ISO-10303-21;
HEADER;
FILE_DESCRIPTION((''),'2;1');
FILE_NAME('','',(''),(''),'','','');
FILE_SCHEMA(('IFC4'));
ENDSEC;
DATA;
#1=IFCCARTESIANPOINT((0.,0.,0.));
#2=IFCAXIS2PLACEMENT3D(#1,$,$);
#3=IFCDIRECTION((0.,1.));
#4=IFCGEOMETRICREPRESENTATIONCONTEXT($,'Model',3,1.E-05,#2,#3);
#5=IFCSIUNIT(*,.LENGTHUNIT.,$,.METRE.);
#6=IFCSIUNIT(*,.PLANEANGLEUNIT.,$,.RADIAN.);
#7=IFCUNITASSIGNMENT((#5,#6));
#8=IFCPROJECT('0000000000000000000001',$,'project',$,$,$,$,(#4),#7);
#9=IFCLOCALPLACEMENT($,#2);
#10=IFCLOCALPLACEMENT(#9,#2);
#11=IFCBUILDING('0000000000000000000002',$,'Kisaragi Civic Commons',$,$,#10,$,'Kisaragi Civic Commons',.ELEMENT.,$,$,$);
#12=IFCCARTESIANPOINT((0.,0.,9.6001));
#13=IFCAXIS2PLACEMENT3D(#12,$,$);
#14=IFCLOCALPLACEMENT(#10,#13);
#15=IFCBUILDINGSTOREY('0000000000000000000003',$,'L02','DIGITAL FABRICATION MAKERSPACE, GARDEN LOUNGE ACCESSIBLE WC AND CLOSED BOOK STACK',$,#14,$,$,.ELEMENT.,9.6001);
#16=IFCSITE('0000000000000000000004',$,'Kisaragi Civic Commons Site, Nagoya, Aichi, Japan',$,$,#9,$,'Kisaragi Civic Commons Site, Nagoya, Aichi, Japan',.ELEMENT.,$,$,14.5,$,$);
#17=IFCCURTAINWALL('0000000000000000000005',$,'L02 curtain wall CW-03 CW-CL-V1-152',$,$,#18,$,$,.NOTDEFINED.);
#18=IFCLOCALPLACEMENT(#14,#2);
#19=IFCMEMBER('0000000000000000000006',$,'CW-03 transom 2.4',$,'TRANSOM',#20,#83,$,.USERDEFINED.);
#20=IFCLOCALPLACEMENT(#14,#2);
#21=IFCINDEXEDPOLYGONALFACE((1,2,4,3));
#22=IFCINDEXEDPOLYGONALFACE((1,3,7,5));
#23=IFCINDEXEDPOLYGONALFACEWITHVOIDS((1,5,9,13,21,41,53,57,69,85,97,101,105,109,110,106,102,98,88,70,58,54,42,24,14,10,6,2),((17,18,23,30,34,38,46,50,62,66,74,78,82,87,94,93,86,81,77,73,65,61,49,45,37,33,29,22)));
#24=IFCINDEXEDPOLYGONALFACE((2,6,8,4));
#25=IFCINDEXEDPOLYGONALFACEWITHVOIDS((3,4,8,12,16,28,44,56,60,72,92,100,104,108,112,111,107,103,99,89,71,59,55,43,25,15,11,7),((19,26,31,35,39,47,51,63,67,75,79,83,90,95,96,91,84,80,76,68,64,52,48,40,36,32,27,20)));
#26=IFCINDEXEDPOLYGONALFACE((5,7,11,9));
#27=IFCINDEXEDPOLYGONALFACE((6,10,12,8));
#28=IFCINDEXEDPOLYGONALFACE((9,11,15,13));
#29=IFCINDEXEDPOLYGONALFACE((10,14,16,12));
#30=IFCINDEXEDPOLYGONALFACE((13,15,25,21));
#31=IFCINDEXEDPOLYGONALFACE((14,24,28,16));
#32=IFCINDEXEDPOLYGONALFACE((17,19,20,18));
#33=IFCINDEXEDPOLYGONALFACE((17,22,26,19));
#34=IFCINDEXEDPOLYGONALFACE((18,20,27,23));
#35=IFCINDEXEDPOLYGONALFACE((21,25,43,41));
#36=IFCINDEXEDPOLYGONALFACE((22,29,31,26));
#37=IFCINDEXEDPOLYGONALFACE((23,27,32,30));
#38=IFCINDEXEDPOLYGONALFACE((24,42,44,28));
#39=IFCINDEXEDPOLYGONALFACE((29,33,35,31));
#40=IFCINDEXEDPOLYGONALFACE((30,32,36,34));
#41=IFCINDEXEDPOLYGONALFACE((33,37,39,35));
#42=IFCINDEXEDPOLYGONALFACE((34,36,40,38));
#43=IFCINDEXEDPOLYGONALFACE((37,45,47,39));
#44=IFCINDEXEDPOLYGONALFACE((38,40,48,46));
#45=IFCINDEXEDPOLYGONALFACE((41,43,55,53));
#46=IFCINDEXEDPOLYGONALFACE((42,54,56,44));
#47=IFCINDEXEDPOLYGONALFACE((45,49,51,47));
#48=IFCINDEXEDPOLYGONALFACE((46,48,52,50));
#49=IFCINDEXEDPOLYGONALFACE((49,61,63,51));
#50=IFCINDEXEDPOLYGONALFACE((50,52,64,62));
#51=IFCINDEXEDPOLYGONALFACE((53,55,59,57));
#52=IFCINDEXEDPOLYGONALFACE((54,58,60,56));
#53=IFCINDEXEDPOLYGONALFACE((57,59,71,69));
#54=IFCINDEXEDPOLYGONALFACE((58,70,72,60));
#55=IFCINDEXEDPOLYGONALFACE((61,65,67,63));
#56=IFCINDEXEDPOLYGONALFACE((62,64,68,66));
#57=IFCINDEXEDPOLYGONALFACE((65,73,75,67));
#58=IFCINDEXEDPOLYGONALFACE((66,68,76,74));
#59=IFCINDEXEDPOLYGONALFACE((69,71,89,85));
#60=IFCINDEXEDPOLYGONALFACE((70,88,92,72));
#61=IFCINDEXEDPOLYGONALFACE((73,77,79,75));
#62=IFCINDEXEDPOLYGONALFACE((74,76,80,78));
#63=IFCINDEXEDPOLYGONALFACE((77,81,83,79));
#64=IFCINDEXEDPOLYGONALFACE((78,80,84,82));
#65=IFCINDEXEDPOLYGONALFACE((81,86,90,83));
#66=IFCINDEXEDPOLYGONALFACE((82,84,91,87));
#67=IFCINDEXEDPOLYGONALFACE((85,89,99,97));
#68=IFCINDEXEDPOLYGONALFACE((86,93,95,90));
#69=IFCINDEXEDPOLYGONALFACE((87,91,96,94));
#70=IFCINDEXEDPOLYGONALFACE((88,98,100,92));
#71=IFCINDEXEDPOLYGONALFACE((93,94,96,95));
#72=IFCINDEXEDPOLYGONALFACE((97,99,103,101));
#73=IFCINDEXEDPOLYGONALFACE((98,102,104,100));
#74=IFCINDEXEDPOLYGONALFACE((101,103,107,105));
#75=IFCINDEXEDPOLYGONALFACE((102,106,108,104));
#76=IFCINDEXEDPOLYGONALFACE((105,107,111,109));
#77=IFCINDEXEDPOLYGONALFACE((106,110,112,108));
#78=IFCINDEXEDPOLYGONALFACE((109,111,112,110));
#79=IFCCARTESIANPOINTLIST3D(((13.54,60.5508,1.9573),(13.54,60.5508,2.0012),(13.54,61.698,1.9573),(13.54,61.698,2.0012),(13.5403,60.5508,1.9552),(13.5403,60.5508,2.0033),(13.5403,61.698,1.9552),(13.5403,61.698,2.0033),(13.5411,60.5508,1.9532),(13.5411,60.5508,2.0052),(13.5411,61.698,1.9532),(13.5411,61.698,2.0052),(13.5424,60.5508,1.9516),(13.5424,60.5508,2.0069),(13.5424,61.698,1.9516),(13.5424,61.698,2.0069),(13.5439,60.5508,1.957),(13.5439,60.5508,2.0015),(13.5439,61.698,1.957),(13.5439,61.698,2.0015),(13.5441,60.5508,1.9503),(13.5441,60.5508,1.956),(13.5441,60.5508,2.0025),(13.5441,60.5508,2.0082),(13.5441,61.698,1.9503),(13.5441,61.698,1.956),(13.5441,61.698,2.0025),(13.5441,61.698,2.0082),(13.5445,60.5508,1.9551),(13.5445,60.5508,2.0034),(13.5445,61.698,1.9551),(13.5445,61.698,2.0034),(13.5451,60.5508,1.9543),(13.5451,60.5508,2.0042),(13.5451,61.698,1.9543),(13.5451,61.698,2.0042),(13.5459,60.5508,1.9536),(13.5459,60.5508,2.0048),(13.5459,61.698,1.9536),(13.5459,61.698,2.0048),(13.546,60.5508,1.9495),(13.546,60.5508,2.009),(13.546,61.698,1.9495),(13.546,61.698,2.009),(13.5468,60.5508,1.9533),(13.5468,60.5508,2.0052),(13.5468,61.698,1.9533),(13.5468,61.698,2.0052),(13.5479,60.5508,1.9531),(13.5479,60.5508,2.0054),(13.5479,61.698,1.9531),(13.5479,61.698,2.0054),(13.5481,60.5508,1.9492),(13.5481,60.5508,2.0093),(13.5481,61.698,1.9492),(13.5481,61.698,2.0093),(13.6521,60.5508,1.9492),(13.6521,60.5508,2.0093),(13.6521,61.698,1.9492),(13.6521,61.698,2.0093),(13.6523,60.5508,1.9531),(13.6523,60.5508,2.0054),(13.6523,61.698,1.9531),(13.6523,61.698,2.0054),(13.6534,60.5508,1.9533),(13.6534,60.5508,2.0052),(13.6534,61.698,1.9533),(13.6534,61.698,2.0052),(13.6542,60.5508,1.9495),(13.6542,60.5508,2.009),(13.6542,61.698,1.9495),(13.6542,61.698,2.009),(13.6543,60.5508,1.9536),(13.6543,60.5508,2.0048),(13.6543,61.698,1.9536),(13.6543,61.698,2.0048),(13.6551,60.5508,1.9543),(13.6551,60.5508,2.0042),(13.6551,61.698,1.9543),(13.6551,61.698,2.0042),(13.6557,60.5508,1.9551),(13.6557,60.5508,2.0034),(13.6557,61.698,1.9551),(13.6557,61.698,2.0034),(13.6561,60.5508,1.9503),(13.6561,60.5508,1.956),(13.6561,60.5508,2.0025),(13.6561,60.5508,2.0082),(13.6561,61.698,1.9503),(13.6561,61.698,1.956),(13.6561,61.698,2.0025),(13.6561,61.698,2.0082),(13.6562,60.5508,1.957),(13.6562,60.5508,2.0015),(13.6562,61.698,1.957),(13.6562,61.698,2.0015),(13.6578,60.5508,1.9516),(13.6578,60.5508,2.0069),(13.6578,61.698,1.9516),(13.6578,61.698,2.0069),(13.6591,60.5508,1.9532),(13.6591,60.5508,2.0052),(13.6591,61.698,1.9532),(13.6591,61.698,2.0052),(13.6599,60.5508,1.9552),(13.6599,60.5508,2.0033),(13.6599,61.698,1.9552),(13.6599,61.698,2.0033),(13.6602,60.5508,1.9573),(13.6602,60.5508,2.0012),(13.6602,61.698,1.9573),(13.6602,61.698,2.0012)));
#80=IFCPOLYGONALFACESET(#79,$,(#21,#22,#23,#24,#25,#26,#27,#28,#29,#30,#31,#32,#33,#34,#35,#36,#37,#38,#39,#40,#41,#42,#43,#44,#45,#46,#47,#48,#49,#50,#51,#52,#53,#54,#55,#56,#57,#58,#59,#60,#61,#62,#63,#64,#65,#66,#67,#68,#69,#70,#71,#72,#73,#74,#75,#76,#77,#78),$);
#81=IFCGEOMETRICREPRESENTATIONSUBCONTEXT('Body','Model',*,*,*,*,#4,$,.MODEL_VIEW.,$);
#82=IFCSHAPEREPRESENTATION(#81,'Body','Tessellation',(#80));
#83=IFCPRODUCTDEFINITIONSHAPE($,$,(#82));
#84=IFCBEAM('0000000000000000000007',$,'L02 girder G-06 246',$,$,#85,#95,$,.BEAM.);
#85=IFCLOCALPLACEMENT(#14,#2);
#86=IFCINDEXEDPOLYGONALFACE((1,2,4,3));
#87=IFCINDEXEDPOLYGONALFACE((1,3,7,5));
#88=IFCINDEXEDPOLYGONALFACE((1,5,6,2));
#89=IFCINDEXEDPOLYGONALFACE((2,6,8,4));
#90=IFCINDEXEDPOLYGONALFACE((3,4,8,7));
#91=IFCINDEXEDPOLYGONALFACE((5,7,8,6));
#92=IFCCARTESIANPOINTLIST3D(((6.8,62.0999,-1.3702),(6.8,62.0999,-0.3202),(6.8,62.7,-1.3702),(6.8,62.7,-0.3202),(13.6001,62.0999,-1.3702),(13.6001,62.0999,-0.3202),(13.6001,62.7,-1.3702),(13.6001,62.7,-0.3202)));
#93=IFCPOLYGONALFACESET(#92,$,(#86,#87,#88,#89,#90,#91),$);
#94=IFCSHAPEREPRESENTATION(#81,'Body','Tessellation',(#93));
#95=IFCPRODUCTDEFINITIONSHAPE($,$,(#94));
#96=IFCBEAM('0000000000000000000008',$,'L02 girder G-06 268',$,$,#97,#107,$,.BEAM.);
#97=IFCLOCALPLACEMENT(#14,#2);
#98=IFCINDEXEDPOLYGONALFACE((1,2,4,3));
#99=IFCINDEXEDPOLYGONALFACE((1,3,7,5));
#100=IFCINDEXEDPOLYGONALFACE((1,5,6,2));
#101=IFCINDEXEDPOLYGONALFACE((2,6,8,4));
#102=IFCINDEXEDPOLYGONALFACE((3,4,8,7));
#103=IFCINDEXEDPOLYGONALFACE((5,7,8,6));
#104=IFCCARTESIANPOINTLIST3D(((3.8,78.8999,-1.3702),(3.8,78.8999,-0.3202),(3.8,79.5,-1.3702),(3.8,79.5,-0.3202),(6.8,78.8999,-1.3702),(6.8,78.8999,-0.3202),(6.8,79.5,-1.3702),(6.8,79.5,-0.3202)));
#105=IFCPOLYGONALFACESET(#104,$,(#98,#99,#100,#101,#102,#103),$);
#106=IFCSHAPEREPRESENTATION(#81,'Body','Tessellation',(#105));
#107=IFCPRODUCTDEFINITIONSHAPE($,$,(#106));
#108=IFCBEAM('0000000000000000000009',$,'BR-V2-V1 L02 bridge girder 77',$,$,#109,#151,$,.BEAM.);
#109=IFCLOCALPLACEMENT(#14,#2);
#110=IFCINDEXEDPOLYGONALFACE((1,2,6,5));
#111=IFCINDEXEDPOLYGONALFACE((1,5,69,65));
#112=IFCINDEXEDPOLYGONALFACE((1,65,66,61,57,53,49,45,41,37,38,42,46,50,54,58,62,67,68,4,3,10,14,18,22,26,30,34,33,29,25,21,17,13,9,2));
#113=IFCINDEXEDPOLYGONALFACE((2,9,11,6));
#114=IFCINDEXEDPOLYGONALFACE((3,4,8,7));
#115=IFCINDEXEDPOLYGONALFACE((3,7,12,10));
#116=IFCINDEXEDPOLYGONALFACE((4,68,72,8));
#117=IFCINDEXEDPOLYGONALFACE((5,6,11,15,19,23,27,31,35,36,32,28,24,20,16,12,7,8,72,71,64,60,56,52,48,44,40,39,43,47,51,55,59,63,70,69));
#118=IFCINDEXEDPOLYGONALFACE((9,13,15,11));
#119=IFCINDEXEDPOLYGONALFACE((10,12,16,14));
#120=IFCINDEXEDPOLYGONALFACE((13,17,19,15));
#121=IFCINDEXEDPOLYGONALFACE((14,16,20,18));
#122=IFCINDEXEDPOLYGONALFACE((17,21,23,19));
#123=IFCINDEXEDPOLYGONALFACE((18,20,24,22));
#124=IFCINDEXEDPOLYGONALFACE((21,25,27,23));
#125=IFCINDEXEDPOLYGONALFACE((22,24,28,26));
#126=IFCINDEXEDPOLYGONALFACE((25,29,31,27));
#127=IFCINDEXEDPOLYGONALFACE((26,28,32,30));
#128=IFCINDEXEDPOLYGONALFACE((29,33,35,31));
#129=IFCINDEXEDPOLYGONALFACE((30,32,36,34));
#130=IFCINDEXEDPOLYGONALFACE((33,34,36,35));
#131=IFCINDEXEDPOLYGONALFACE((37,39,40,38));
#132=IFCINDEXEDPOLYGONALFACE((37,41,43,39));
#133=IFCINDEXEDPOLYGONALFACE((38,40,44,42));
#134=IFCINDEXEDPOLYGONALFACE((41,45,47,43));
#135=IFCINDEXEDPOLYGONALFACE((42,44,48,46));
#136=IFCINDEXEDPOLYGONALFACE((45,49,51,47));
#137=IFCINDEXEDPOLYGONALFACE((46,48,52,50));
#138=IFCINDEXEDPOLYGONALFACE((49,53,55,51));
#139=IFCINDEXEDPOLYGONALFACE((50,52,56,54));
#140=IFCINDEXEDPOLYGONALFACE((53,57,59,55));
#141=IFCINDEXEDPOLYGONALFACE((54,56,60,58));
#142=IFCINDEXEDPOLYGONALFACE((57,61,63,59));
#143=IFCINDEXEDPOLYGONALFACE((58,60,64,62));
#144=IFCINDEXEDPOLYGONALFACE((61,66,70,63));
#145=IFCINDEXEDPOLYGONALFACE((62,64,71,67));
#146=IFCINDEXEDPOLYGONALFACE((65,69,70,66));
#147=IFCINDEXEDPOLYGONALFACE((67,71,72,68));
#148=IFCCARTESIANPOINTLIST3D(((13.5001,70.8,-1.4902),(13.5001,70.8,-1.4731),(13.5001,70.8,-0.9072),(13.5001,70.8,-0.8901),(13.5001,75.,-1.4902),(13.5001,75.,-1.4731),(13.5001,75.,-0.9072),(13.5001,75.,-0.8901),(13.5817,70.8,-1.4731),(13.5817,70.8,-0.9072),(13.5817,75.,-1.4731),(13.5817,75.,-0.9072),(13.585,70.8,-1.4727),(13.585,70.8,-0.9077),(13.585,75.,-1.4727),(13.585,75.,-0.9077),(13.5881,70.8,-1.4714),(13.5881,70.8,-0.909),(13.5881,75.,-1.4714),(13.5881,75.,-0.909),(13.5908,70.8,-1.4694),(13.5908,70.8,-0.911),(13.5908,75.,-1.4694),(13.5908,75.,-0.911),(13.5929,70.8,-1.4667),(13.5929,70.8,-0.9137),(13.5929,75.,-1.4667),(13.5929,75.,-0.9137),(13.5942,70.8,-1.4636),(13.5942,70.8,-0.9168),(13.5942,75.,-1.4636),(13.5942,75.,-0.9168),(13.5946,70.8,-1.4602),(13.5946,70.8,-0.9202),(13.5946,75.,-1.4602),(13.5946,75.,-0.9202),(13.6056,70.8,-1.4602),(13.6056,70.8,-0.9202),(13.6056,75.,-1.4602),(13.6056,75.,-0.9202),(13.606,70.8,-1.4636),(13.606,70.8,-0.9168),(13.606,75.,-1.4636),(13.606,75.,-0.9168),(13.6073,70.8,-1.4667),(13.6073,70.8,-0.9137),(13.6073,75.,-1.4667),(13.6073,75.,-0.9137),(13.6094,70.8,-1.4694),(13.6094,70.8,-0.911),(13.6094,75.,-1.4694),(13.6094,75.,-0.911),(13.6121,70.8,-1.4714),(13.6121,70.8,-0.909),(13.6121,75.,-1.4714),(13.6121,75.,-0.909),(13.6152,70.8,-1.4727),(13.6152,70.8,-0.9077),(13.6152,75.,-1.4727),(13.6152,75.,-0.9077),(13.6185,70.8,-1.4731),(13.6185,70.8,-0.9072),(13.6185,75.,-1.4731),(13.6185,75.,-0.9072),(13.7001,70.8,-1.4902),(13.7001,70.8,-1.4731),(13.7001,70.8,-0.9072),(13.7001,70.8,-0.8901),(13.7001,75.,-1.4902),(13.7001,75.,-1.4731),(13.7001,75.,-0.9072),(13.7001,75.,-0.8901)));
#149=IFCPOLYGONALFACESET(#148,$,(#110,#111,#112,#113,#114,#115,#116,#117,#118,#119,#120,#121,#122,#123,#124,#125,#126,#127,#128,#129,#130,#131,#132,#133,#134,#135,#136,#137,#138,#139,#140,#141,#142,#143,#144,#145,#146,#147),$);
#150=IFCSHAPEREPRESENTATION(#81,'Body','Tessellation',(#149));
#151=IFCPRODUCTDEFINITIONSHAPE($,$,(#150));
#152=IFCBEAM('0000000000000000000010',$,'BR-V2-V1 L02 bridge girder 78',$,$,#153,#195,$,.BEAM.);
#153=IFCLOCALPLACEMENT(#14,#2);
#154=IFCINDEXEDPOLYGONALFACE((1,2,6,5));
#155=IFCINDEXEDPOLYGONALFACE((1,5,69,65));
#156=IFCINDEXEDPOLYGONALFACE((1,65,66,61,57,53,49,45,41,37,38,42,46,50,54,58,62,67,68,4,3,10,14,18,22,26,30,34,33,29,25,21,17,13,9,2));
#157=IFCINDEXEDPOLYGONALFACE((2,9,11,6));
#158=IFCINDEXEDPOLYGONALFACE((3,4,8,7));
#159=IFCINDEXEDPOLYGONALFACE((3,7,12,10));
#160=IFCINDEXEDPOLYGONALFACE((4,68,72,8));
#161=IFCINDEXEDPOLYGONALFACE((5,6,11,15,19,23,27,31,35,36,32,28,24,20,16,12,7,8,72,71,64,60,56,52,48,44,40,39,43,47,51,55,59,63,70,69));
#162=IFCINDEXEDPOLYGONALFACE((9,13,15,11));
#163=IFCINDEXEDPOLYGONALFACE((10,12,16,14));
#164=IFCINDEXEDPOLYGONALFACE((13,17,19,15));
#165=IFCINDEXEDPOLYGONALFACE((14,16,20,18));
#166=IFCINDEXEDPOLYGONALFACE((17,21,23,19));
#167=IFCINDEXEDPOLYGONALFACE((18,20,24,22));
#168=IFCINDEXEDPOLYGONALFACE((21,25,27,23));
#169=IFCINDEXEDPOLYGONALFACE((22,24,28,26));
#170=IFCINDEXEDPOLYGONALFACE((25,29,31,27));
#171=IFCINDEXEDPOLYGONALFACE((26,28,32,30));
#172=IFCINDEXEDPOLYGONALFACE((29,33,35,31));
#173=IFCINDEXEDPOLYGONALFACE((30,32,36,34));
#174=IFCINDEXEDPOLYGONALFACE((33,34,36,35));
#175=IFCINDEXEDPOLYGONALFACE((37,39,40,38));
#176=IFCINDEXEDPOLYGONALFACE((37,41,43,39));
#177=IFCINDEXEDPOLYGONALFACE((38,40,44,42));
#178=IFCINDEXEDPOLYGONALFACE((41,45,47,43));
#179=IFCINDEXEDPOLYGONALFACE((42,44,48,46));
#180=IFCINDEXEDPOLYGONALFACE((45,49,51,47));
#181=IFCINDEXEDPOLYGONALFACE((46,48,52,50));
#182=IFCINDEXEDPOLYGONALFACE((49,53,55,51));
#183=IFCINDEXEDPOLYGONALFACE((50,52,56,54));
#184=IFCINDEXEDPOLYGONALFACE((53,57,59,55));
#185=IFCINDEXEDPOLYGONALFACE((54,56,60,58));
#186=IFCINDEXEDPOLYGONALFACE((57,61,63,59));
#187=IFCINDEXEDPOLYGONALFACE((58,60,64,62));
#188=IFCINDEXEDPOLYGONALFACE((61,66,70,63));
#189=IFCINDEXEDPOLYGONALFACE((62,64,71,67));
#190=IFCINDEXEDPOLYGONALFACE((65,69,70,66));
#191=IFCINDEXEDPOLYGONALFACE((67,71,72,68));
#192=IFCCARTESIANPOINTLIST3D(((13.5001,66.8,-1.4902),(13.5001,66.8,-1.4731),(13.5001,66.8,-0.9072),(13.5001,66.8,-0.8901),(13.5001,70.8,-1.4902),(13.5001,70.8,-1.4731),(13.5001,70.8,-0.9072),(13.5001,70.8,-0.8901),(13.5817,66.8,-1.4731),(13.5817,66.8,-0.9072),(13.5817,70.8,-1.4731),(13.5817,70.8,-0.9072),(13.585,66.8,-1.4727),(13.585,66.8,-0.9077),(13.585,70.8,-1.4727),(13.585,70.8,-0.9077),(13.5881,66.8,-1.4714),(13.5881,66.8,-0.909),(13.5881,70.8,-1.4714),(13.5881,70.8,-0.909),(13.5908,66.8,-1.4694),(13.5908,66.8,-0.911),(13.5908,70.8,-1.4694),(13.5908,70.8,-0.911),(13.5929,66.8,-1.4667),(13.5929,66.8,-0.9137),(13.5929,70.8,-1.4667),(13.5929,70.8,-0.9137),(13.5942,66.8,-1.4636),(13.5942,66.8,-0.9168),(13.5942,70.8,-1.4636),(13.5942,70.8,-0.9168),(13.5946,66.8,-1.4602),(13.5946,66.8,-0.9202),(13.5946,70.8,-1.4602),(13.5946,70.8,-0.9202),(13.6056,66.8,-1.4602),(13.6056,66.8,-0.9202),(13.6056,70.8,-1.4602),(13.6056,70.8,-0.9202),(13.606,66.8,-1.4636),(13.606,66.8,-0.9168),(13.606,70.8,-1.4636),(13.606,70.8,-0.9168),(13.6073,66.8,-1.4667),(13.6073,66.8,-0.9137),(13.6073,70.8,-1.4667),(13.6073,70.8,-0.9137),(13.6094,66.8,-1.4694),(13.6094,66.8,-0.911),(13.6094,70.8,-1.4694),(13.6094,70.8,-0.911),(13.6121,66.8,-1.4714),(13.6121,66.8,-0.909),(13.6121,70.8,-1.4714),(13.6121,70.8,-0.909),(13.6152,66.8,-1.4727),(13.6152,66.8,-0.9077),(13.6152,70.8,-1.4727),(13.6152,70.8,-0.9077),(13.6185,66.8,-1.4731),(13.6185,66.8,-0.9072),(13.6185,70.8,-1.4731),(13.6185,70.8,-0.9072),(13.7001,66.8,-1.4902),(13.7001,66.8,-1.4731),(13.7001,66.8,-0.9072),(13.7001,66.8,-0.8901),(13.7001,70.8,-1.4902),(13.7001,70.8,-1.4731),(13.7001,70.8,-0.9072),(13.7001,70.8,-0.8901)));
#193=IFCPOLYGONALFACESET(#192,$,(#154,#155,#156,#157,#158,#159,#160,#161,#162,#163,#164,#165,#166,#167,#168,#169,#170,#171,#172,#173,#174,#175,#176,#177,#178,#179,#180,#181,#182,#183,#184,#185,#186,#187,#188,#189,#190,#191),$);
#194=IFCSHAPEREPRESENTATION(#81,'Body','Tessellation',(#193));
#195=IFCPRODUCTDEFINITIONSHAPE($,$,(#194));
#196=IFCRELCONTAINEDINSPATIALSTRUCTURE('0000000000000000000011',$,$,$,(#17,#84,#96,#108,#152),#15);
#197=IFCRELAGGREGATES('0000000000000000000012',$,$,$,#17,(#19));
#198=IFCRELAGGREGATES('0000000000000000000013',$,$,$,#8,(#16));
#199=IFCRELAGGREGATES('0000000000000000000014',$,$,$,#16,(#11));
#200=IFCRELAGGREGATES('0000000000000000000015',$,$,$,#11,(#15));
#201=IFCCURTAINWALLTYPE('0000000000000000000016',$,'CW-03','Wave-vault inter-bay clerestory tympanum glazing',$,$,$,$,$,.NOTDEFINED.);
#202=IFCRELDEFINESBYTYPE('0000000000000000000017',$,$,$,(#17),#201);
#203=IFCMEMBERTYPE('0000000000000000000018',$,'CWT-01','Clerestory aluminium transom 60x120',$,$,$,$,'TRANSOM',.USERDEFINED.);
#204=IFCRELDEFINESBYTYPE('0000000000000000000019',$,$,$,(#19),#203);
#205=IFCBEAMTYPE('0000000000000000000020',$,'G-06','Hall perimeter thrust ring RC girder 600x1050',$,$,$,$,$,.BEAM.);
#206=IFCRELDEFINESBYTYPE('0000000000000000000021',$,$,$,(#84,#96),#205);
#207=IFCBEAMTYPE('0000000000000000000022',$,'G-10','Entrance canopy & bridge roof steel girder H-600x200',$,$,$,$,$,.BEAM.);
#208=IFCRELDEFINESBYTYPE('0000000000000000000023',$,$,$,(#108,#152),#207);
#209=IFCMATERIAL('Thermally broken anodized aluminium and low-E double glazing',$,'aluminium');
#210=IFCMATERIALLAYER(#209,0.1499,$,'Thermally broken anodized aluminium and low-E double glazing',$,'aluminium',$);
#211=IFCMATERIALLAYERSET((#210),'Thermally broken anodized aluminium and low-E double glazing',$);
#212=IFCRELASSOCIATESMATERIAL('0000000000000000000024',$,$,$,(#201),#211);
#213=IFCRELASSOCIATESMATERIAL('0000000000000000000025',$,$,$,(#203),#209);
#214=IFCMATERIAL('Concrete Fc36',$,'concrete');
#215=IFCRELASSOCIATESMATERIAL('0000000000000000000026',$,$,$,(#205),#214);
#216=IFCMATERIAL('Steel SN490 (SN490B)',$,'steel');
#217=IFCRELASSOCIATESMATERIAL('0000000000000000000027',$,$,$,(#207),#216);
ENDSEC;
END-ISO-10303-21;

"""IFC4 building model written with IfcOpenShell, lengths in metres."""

from ifc_helpers import new_model, si_unit, direction, frame, origin, origin_2d, place, context, subcontext, project, spatial, rectangle, hollow_rectangle, i_section, extrude, material, layer, layer_set, material_profile, profile_set, type_object, element, aggregate, save


model = new_model("IFC4")

# Units and contexts
model_context = context("Model", 3, precision=1e-05, world=origin(), true_north=direction((0.0, 1.0)))
body_context = subcontext(model_context, "Body", "Model", "MODEL_VIEW")
ifc_project = project(units=[si_unit("LENGTHUNIT", "METRE"), si_unit("PLANEANGLEUNIT", "RADIAN")], contexts=[model_context])

# Site, building, storey
site_placement = place(None, origin())
site = spatial("IfcSite", under=ifc_project, at=site_placement, Name="Kisaragi Civic Commons Site, Nagoya, Aichi, Japan", LongName="Kisaragi Civic Commons Site, Nagoya, Aichi, Japan", CompositionType="ELEMENT", RefElevation=14.5)
building_placement = place(site_placement, origin())
building = spatial("IfcBuilding", under=site, at=building_placement, Name="Kisaragi Civic Commons", LongName="Kisaragi Civic Commons", CompositionType="ELEMENT")
storey_placement = place(building_placement, frame((0.0, 0.0, 9.6001)))
storey = spatial("IfcBuildingStorey", under=building, at=storey_placement, Name="L02", Description="DIGITAL FABRICATION MAKERSPACE, GARDEN LOUNGE ACCESSIBLE WC AND CLOSED BOOK STACK", CompositionType="ELEMENT", Elevation=9.6001)

# Shared definitions
ifc_material_1 = material(Name="Concrete Fc36", Category="concrete")

# Curtain wall
ifc_material_2 = material(Name="Thermally broken anodized aluminium and low-E double glazing", Category="aluminium")
ifc_layer_1 = layer(ifc_material_2, 0.1499, Name="Thermally broken anodized aluminium and low-E double glazing", Category="aluminium")
ifc_layer_set_1 = layer_set([ifc_layer_1], Name="Thermally broken anodized aluminium and low-E double glazing")
curtain_wall_type_1 = type_object("IfcCurtainWallType", Name="CW-03", Description="Wave-vault inter-bay clerestory tympanum glazing", PredefinedType="NOTDEFINED", material=ifc_layer_set_1)
curtain_wall_1_placement = place(storey_placement, origin())
curtain_wall_1 = element("IfcCurtainWall", 1, at=curtain_wall_1_placement, inside=storey, type_object=curtain_wall_type_1, Name="L02 curtain wall CW-03 CW-CL-V1-152", PredefinedType="NOTDEFINED")

# Member
ifc_material_profile_1 = material_profile(ifc_material_2, hollow_rectangle(XDim=0.1201, YDim=0.0601, WallThickness=0.0039, InnerFilletRadius=0.0039, OuterFilletRadius=0.0081, at=origin_2d()), Name="CWT-60x120x4", Category="aluminium")
ifc_profile_set_1 = profile_set([ifc_material_profile_1], Name="Thermally broken anodized aluminium and low-E double glazing")
member_type_1 = type_object("IfcMemberType", Name="CWT-01", Description="Clerestory aluminium transom 60x120", ElementType="TRANSOM", PredefinedType="USERDEFINED", material=ifc_profile_set_1)
member_1_placement = place(storey_placement, frame((13.6001, 60.5508, 1.9792), z_axis=(0.0, 1.0, 0.0), x_axis=(-1.0, 0.0, 0.0)))
member_1 = element("IfcMember", 2, at=member_1_placement, type_object=member_type_1, Name="CW-03 transom 2.4", ObjectType="TRANSOM", PredefinedType="USERDEFINED", context=body_context, shape_type="SweptSolid", body=[
    extrude(hollow_rectangle(XDim=0.1201, YDim=0.0601, WallThickness=0.0039, InnerFilletRadius=0.0039, OuterFilletRadius=0.0081, at=origin_2d()), origin(), (0.0, 0.0, 1.0), 1.1472),
])

# Beams
ifc_material_profile_2 = material_profile(ifc_material_1, rectangle(XDim=0.6001, YDim=1.05, at=origin_2d()), Name="RC-600x1050", Category="concrete")
ifc_profile_set_2 = profile_set([ifc_material_profile_2], Name="Concrete Fc36")
beam_type_1 = type_object("IfcBeamType", Name="G-06", Description="Hall perimeter thrust ring RC girder 600x1050", PredefinedType="BEAM", material=ifc_profile_set_2)
beam_1_placement = place(storey_placement, frame((6.8, 62.3999, -0.8452), z_axis=(1.0, 0.0, 0.0), x_axis=(0.0, 1.0, 0.0)))
element("IfcBeam", 3, at=beam_1_placement, inside=storey, type_object=beam_type_1, Name="L02 girder G-06 246", PredefinedType="BEAM", context=body_context, shape_type="SweptSolid", body=[
    extrude(rectangle(XDim=0.6001, YDim=1.05, at=origin_2d()), origin(), (0.0, 0.0, 1.0), 6.8),
])
beam_2_placement = place(storey_placement, frame((3.8, 79.2, -0.8452), z_axis=(1.0, 0.0, 0.0), x_axis=(0.0, 1.0, 0.0)))
element("IfcBeam", 4, at=beam_2_placement, inside=storey, type_object=beam_type_1, Name="L02 girder G-06 268", PredefinedType="BEAM", context=body_context, shape_type="SweptSolid", body=[
    extrude(rectangle(XDim=0.6001, YDim=1.05, at=origin_2d()), origin(), (0.0, 0.0, 1.0), 3.0),
])
ifc_material_3 = material(Name="Steel SN490 (SN490B)", Category="steel")
ifc_material_profile_3 = material_profile(ifc_material_3, i_section(OverallWidth=0.2, OverallDepth=0.6001, WebThickness=0.011, FlangeThickness=0.0171, FilletRadius=0.0129, at=origin_2d()), Name="H-600x200x11x17", Category="steel")
ifc_profile_set_3 = profile_set([ifc_material_profile_3], Name="Steel SN490 (SN490B)")
beam_type_2 = type_object("IfcBeamType", Name="G-10", Description="Entrance canopy & bridge roof steel girder H-600x200", PredefinedType="BEAM", material=ifc_profile_set_3)
beam_3_placement = place(storey_placement, frame((13.6001, 75.0, -1.1902), z_axis=(0.0, -1.0, 0.0), x_axis=(1.0, 0.0, 0.0)))
element("IfcBeam", 5, at=beam_3_placement, inside=storey, type_object=beam_type_2, Name="BR-V2-V1 L02 bridge girder 77", PredefinedType="BEAM", context=body_context, shape_type="SweptSolid", body=[
    extrude(i_section(OverallWidth=0.2, OverallDepth=0.6001, WebThickness=0.011, FlangeThickness=0.0171, FilletRadius=0.0129, at=origin_2d()), origin(), (0.0, 0.0, 1.0), 4.2),
])
beam_4_placement = place(storey_placement, frame((13.6001, 70.8, -1.1902), z_axis=(0.0, -1.0, 0.0), x_axis=(1.0, 0.0, 0.0)))
element("IfcBeam", 6, at=beam_4_placement, inside=storey, type_object=beam_type_2, Name="BR-V2-V1 L02 bridge girder 78", PredefinedType="BEAM", context=body_context, shape_type="SweptSolid", body=[
    extrude(i_section(OverallWidth=0.2, OverallDepth=0.6001, WebThickness=0.011, FlangeThickness=0.0171, FilletRadius=0.0129, at=origin_2d()), origin(), (0.0, 0.0, 1.0), 4.0),
])

aggregate(curtain_wall_1, [member_1])

save(model, "model.ifc")
